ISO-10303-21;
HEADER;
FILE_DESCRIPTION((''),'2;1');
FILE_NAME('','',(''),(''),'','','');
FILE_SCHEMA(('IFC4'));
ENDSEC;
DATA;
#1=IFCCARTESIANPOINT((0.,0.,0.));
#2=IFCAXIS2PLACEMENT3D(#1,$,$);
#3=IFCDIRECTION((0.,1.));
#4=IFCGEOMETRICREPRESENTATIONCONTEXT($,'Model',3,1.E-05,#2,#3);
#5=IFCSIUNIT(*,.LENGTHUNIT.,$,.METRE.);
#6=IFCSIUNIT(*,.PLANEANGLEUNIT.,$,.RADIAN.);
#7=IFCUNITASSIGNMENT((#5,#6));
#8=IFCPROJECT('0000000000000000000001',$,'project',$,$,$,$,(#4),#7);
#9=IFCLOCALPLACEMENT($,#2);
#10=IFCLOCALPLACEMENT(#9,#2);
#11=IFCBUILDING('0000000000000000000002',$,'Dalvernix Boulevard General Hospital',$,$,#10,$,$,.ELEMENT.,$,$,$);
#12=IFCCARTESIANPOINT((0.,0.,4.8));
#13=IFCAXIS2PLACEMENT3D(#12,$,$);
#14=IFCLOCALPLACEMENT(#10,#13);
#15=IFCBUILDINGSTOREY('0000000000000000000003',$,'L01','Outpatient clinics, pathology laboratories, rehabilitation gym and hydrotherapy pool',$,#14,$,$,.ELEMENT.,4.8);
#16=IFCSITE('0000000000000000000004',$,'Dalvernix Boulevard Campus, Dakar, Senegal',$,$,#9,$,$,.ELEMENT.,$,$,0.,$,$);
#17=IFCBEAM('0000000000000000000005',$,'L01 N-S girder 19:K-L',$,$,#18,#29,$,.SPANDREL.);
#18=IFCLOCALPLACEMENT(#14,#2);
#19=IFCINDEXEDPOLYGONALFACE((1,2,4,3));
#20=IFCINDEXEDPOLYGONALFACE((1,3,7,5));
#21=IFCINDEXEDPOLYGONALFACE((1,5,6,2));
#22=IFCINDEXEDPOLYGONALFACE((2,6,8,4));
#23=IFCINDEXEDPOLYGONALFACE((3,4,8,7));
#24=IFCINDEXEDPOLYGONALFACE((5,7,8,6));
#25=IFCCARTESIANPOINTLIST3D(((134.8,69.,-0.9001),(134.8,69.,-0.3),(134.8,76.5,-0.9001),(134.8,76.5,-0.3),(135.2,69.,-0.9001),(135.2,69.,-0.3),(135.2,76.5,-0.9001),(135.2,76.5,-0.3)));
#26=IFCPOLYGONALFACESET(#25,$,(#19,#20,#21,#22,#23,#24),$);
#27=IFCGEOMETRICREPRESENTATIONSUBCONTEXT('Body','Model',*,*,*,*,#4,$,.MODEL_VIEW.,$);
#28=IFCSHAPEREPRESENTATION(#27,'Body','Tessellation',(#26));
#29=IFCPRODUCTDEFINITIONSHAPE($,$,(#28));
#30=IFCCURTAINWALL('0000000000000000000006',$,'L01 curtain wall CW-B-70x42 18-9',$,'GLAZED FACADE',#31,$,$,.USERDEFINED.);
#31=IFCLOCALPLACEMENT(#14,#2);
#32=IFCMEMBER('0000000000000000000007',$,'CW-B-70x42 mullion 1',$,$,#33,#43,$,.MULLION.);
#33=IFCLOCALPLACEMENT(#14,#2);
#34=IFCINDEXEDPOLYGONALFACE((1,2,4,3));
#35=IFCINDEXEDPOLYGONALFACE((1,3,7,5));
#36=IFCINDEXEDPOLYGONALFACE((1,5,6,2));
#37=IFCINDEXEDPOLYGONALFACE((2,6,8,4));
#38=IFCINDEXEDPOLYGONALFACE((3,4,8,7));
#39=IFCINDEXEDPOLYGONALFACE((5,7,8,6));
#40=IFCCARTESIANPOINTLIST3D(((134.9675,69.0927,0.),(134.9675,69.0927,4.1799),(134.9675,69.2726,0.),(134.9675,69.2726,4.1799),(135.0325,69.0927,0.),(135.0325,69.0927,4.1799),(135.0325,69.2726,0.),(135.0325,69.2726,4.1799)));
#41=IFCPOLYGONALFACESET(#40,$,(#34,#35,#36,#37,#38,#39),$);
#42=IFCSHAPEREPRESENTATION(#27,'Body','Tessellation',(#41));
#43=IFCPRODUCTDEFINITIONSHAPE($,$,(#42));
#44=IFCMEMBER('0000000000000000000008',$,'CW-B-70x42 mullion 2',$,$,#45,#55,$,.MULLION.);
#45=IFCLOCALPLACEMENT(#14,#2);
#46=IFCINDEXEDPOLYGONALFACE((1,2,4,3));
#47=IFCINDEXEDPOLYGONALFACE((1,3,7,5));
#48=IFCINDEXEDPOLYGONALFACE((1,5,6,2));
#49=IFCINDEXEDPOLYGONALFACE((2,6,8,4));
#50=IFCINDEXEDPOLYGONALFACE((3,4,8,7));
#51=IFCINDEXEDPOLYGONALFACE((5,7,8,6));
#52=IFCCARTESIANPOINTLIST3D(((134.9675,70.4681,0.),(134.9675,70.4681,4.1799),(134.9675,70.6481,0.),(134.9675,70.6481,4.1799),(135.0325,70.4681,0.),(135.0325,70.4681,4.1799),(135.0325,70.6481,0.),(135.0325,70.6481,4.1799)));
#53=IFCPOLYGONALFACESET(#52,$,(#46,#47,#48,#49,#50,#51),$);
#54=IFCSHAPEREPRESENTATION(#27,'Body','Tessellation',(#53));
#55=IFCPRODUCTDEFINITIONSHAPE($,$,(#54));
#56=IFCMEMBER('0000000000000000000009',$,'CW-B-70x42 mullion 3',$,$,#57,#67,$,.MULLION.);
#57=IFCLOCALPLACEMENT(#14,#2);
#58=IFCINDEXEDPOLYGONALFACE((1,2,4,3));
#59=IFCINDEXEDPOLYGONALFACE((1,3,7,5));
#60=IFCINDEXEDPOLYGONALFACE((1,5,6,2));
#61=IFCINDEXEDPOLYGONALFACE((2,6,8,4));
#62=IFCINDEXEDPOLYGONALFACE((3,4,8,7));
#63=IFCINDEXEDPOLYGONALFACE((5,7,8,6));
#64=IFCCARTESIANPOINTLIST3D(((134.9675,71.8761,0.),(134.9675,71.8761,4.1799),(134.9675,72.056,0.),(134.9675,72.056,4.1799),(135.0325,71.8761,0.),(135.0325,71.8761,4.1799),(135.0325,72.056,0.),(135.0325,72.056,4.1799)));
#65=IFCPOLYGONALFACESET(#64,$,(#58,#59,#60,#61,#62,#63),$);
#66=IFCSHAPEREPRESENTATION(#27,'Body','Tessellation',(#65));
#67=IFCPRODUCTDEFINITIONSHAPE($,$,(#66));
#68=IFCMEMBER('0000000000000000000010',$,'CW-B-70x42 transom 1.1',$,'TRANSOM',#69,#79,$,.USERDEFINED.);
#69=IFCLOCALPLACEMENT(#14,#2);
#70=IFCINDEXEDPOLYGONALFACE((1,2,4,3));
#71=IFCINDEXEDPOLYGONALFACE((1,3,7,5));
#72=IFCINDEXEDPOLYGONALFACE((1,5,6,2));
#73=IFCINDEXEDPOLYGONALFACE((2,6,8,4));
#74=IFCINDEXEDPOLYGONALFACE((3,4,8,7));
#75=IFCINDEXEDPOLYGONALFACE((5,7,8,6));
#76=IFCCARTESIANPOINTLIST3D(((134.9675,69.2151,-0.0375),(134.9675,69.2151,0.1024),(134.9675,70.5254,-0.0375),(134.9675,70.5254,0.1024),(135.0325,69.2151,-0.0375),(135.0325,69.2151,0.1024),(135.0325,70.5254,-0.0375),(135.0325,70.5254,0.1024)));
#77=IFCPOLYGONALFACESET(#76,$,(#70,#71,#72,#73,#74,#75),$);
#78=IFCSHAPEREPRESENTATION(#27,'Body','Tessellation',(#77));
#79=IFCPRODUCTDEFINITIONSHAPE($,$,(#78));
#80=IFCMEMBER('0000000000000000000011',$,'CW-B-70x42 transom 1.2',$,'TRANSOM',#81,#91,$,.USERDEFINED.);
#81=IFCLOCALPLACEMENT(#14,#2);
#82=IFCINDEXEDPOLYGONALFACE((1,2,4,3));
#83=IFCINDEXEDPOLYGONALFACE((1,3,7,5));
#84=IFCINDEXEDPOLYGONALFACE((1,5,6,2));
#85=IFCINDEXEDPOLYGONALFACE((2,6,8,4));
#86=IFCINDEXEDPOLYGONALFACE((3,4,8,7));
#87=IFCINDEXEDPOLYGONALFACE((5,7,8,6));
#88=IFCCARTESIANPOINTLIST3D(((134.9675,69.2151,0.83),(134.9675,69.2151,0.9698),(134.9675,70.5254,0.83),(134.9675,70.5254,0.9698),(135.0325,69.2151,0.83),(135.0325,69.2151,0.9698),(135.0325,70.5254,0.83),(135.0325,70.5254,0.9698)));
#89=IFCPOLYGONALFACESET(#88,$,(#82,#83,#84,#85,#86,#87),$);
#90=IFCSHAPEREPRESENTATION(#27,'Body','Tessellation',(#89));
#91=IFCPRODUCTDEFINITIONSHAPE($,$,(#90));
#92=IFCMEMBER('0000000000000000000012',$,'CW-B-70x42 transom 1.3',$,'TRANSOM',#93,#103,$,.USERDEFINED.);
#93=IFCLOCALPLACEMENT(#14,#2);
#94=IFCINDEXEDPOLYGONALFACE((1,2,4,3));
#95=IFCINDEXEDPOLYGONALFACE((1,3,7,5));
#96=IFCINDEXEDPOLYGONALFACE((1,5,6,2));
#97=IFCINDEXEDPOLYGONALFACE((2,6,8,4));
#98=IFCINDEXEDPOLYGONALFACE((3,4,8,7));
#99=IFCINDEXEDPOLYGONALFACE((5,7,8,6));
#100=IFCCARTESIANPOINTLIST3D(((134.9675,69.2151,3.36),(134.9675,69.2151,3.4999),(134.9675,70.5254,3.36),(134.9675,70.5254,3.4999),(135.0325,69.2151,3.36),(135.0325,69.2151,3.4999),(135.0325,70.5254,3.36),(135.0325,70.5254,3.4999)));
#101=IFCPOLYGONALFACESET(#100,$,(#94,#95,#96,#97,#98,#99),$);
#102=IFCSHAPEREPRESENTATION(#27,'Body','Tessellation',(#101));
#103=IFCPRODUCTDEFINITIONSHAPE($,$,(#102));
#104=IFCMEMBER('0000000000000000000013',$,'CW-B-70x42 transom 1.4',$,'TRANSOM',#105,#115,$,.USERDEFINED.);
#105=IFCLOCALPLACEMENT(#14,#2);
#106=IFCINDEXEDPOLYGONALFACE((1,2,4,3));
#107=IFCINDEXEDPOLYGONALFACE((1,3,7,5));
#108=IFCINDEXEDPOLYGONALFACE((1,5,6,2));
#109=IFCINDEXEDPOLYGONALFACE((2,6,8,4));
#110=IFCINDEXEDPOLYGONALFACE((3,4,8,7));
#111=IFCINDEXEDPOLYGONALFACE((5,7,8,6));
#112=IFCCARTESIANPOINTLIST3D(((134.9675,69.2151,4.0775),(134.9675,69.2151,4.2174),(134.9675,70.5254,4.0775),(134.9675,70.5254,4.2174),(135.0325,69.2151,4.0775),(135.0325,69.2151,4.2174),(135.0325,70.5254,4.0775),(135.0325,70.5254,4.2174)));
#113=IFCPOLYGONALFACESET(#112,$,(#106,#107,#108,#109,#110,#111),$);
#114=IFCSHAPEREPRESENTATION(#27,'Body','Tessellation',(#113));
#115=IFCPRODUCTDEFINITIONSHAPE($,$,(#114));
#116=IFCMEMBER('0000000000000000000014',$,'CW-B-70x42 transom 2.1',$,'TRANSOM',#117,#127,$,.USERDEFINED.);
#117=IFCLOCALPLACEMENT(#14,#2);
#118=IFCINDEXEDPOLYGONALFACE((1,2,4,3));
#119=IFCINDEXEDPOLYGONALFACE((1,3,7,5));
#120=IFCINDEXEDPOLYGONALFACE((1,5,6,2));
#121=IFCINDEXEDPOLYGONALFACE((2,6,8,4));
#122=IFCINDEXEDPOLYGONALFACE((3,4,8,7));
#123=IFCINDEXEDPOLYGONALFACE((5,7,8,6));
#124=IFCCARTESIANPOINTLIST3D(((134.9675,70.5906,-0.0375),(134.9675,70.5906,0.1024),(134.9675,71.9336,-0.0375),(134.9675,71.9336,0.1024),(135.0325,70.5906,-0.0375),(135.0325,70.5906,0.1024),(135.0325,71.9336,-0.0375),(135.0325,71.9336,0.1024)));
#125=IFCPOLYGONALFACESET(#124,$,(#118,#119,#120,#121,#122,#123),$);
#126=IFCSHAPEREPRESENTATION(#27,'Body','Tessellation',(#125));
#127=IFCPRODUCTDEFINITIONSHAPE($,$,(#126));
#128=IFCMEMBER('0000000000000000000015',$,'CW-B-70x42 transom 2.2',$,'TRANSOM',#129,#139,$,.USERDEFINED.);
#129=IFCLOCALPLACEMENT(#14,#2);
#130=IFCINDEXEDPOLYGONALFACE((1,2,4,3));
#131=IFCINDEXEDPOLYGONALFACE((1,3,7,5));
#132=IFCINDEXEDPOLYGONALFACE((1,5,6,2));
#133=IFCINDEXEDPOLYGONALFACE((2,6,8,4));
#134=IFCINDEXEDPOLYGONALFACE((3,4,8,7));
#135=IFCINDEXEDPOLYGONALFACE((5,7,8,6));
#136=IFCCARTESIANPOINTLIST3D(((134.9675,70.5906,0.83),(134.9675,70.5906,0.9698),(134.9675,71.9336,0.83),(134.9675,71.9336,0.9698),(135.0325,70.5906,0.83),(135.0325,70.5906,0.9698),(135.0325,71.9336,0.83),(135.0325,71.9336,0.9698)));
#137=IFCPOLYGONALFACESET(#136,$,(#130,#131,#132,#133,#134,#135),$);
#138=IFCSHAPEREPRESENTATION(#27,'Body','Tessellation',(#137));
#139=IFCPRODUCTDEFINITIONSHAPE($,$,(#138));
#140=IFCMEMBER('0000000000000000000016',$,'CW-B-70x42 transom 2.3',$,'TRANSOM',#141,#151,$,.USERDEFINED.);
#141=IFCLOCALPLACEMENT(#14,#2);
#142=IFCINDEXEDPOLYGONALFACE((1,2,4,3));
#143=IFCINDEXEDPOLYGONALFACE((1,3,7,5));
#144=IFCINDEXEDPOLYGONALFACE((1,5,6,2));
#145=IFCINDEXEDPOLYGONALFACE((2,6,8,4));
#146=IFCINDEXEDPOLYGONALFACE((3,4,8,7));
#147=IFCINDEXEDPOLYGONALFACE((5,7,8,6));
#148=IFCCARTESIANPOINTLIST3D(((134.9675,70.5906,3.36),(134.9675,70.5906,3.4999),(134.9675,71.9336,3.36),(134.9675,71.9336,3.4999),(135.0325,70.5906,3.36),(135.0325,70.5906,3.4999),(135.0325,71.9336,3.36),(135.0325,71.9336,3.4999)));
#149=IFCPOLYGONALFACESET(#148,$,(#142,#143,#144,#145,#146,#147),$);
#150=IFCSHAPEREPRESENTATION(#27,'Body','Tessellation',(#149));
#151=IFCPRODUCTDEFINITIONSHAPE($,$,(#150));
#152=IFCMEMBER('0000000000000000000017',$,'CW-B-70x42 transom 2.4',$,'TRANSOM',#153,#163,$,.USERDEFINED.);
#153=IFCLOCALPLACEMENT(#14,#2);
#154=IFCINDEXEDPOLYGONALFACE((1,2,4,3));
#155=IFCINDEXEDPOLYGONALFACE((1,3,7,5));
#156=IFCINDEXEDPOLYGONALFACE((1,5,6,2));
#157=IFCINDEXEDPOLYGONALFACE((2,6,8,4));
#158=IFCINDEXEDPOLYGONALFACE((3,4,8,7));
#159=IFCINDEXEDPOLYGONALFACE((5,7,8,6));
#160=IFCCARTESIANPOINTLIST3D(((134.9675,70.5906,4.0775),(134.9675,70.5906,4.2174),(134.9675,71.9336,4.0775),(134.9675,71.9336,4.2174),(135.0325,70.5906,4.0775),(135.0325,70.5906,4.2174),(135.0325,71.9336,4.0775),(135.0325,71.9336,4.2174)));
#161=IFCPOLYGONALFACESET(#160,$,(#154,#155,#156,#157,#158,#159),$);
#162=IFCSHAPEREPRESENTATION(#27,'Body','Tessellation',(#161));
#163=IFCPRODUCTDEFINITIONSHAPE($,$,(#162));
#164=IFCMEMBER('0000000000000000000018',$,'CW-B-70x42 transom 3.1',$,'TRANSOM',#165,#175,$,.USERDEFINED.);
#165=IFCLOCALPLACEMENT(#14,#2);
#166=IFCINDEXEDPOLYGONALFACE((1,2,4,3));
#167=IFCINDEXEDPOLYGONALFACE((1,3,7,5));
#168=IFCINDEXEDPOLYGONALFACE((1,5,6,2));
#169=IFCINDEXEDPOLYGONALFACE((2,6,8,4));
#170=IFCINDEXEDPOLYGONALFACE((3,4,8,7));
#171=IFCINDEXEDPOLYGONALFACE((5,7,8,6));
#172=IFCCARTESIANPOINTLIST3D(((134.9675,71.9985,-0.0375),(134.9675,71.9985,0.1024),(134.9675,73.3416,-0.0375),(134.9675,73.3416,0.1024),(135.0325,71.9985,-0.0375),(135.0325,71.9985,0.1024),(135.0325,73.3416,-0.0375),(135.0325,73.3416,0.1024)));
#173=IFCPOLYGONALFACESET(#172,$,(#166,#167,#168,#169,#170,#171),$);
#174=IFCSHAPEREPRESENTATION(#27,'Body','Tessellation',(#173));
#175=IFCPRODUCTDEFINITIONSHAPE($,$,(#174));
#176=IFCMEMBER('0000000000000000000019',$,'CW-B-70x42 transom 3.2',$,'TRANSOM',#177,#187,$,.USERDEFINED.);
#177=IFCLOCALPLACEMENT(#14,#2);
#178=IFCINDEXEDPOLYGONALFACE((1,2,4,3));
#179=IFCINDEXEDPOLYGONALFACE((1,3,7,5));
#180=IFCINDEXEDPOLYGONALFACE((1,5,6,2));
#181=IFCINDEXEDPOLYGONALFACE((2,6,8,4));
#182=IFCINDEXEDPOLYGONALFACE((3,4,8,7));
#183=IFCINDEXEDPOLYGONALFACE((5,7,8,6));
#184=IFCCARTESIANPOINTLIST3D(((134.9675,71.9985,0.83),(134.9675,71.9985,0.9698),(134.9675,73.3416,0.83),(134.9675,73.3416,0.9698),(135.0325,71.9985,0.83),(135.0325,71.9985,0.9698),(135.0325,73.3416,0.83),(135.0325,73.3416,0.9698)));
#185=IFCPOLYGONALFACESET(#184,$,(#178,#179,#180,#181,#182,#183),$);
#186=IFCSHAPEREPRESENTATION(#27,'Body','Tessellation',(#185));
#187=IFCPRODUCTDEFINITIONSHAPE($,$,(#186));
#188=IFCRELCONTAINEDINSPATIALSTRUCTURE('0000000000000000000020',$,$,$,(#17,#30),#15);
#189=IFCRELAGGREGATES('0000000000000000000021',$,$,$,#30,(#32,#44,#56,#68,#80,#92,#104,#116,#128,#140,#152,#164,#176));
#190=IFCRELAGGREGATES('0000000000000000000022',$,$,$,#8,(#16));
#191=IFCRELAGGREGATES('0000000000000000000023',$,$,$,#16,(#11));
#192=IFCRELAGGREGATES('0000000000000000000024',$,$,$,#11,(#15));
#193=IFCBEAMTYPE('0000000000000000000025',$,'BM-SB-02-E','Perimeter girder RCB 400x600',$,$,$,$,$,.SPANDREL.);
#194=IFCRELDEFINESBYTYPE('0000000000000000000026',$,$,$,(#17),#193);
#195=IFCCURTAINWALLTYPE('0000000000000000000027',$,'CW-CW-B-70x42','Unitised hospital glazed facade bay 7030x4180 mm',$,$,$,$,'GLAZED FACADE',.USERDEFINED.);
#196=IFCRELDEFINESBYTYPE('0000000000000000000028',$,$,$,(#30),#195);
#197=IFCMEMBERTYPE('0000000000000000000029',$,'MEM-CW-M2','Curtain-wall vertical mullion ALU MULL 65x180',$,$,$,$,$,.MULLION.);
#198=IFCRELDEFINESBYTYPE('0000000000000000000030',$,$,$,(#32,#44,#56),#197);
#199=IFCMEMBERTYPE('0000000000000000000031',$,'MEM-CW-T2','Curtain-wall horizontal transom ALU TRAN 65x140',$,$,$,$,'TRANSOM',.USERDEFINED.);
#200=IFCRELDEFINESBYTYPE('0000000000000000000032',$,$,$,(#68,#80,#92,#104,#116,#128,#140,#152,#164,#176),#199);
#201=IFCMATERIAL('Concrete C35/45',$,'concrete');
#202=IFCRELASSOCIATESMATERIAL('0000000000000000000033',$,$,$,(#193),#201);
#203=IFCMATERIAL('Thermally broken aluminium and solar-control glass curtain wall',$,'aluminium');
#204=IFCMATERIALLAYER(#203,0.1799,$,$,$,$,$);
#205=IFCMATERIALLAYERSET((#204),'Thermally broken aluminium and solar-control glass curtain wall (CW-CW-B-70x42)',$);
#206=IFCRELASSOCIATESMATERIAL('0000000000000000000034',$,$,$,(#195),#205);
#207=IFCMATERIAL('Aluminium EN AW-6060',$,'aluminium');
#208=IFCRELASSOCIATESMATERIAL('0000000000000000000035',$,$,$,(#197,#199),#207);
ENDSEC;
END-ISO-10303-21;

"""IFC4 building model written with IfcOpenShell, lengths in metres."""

from ifc_helpers import new_model, si_unit, direction, frame, origin, origin_2d, place, context, subcontext, project, spatial, rectangle, extrude, material, layer, layer_set, material_profile, profile_set, type_object, element, aggregate, save


model = new_model("IFC4")

# Units and contexts
model_context = context("Model", 3, precision=1e-05, world=origin(), true_north=direction((0.0, 1.0)))
body_context = subcontext(model_context, "Body", "Model", "MODEL_VIEW")
ifc_project = project(units=[si_unit("LENGTHUNIT", "METRE"), si_unit("PLANEANGLEUNIT", "RADIAN")], contexts=[model_context])

# Site, building, storey
site_placement = place(None, origin())
site = spatial("IfcSite", under=ifc_project, at=site_placement, Name="Dalvernix Boulevard Campus, Dakar, Senegal", CompositionType="ELEMENT", RefElevation=0.0)
building_placement = place(site_placement, origin())
building = spatial("IfcBuilding", under=site, at=building_placement, Name="Dalvernix Boulevard General Hospital", CompositionType="ELEMENT")
storey_placement = place(building_placement, frame((0.0, 0.0, 4.8)))
storey = spatial("IfcBuildingStorey", under=building, at=storey_placement, Name="L01", Description="Outpatient clinics, pathology laboratories, rehabilitation gym and hydrotherapy pool", CompositionType="ELEMENT", Elevation=4.8)

# Beam
ifc_material_1 = material(Name="Concrete C35/45", Category="concrete")
ifc_material_profile_1 = material_profile(ifc_material_1, rectangle(XDim=0.3999, YDim=0.6001, at=origin_2d()), Name="RCB 400x600")
ifc_profile_set_1 = profile_set([ifc_material_profile_1], Name="Concrete C35/45")
beam_type = type_object("IfcBeamType", Name="BM-SB-02-E", Description="Perimeter girder RCB 400x600", PredefinedType="SPANDREL", material=ifc_profile_set_1)
beam_placement = place(storey_placement, frame((135.0, 69.0, -0.6001), z_axis=(0.0, 1.0, 0.0), x_axis=(-1.0, 0.0, 0.0)))
element("IfcBeam", 1, at=beam_placement, inside=storey, type_object=beam_type, Name="L01 N-S girder 19:K-L", PredefinedType="SPANDREL", context=body_context, shape_type="SweptSolid", body=[
    extrude(rectangle(XDim=0.3999, YDim=0.6001, at=origin_2d()), origin(), (0.0, 0.0, 1.0), 7.5),
])

# Curtain wall, members
ifc_material_2 = material(Name="Thermally broken aluminium and solar-control glass curtain wall", Category="aluminium")
ifc_layer_1 = layer(ifc_material_2, 0.1799)
ifc_layer_set_1 = layer_set([ifc_layer_1], Name="Thermally broken aluminium and solar-control glass curtain wall (CW-CW-B-70x42)")
curtain_wall_type = type_object("IfcCurtainWallType", Name="CW-CW-B-70x42", Description="Unitised hospital glazed facade bay 7030x4180 mm", ElementType="GLAZED FACADE", PredefinedType="USERDEFINED", material=ifc_layer_set_1)
curtain_wall_placement = place(storey_placement, origin())
curtain_wall = element("IfcCurtainWall", 2, at=curtain_wall_placement, inside=storey, type_object=curtain_wall_type, Name="L01 curtain wall CW-B-70x42 18-9", ObjectType="GLAZED FACADE", PredefinedType="USERDEFINED")
ifc_material_3 = material(Name="Aluminium EN AW-6060", Category="aluminium")
ifc_material_profile_2 = material_profile(ifc_material_3, rectangle(XDim=0.0649, YDim=0.1799, at=origin_2d()), Name="ALU MULL 65x180")
ifc_profile_set_2 = profile_set([ifc_material_profile_2], Name="Aluminium EN AW-6060")
member_type_1 = type_object("IfcMemberType", Name="MEM-CW-M2", Description="Curtain-wall vertical mullion ALU MULL 65x180", PredefinedType="MULLION", material=ifc_profile_set_2)
member_1_placement = place(storey_placement, frame((135.0, 69.1826, 0.0), z_axis=(0.0, 0.0, 1.0), x_axis=(-1.0, 0.0, 0.0)))
member_1 = element("IfcMember", 3, at=member_1_placement, type_object=member_type_1, Name="CW-B-70x42 mullion 1", PredefinedType="MULLION", context=body_context, shape_type="SweptSolid", body=[
    extrude(rectangle(XDim=0.0649, YDim=0.1799, at=origin_2d()), origin(), (0.0, 0.0, 1.0), 4.1799),
])
member_2_placement = place(storey_placement, frame((135.0, 70.5581, 0.0), z_axis=(0.0, 0.0, 1.0), x_axis=(-1.0, 0.0, 0.0)))
member_2 = element("IfcMember", 4, at=member_2_placement, type_object=member_type_1, Name="CW-B-70x42 mullion 2", PredefinedType="MULLION", context=body_context, shape_type="SweptSolid", body=[
    extrude(rectangle(XDim=0.0649, YDim=0.1799, at=origin_2d()), origin(), (0.0, 0.0, 1.0), 4.1799),
])
member_3_placement = place(storey_placement, frame((135.0, 71.9661, 0.0), z_axis=(0.0, 0.0, 1.0), x_axis=(-1.0, 0.0, 0.0)))
member_3 = element("IfcMember", 5, at=member_3_placement, type_object=member_type_1, Name="CW-B-70x42 mullion 3", PredefinedType="MULLION", context=body_context, shape_type="SweptSolid", body=[
    extrude(rectangle(XDim=0.0649, YDim=0.1799, at=origin_2d()), origin(), (0.0, 0.0, 1.0), 4.1799),
])
ifc_material_profile_3 = material_profile(ifc_material_3, rectangle(XDim=0.0649, YDim=0.1399, at=origin_2d()), Name="ALU TRAN 65x140")
ifc_profile_set_3 = profile_set([ifc_material_profile_3], Name="Aluminium EN AW-6060")
member_type_2 = type_object("IfcMemberType", Name="MEM-CW-T2", Description="Curtain-wall horizontal transom ALU TRAN 65x140", ElementType="TRANSOM", PredefinedType="USERDEFINED", material=ifc_profile_set_3)
member_4_placement = place(storey_placement, frame((135.0, 69.2151, 0.0325), z_axis=(0.0, 1.0, 0.0), x_axis=(-1.0, 0.0, 0.0)))
member_4 = element("IfcMember", 6, at=member_4_placement, type_object=member_type_2, Name="CW-B-70x42 transom 1.1", ObjectType="TRANSOM", PredefinedType="USERDEFINED", context=body_context, shape_type="SweptSolid", body=[
    extrude(rectangle(XDim=0.0649, YDim=0.1399, at=origin_2d()), origin(), (0.0, 0.0, 1.0), 1.3103),
])
member_5_placement = place(storey_placement, frame((135.0, 69.2151, 0.8999), z_axis=(0.0, 1.0, 0.0), x_axis=(-1.0, 0.0, 0.0)))
member_5 = element("IfcMember", 7, at=member_5_placement, type_object=member_type_2, Name="CW-B-70x42 transom 1.2", ObjectType="TRANSOM", PredefinedType="USERDEFINED", context=body_context, shape_type="SweptSolid", body=[
    extrude(rectangle(XDim=0.0649, YDim=0.1399, at=origin_2d()), origin(), (0.0, 0.0, 1.0), 1.3103),
])
member_6_placement = place(storey_placement, frame((135.0, 69.2151, 3.4299), z_axis=(0.0, 1.0, 0.0), x_axis=(-1.0, 0.0, 0.0)))
member_6 = element("IfcMember", 8, at=member_6_placement, type_object=member_type_2, Name="CW-B-70x42 transom 1.3", ObjectType="TRANSOM", PredefinedType="USERDEFINED", context=body_context, shape_type="SweptSolid", body=[
    extrude(rectangle(XDim=0.0649, YDim=0.1399, at=origin_2d()), origin(), (0.0, 0.0, 1.0), 1.3103),
])
member_7_placement = place(storey_placement, frame((135.0, 69.2151, 4.1475), z_axis=(0.0, 1.0, 0.0), x_axis=(-1.0, 0.0, 0.0)))
member_7 = element("IfcMember", 9, at=member_7_placement, type_object=member_type_2, Name="CW-B-70x42 transom 1.4", ObjectType="TRANSOM", PredefinedType="USERDEFINED", context=body_context, shape_type="SweptSolid", body=[
    extrude(rectangle(XDim=0.0649, YDim=0.1399, at=origin_2d()), origin(), (0.0, 0.0, 1.0), 1.3103),
])
member_8_placement = place(storey_placement, frame((135.0, 70.5906, 0.0325), z_axis=(0.0, 1.0, 0.0), x_axis=(-1.0, 0.0, 0.0)))
member_8 = element("IfcMember", 10, at=member_8_placement, type_object=member_type_2, Name="CW-B-70x42 transom 2.1", ObjectType="TRANSOM", PredefinedType="USERDEFINED", context=body_context, shape_type="SweptSolid", body=[
    extrude(rectangle(XDim=0.0649, YDim=0.1399, at=origin_2d()), origin(), (0.0, 0.0, 1.0), 1.343),
])
member_9_placement = place(storey_placement, frame((135.0, 70.5906, 0.8999), z_axis=(0.0, 1.0, 0.0), x_axis=(-1.0, 0.0, 0.0)))
member_9 = element("IfcMember", 11, at=member_9_placement, type_object=member_type_2, Name="CW-B-70x42 transom 2.2", ObjectType="TRANSOM", PredefinedType="USERDEFINED", context=body_context, shape_type="SweptSolid", body=[
    extrude(rectangle(XDim=0.0649, YDim=0.1399, at=origin_2d()), origin(), (0.0, 0.0, 1.0), 1.343),
])
member_10_placement = place(storey_placement, frame((135.0, 70.5906, 3.4299), z_axis=(0.0, 1.0, 0.0), x_axis=(-1.0, 0.0, 0.0)))
member_10 = element("IfcMember", 12, at=member_10_placement, type_object=member_type_2, Name="CW-B-70x42 transom 2.3", ObjectType="TRANSOM", PredefinedType="USERDEFINED", context=body_context, shape_type="SweptSolid", body=[
    extrude(rectangle(XDim=0.0649, YDim=0.1399, at=origin_2d()), origin(), (0.0, 0.0, 1.0), 1.343),
])
member_11_placement = place(storey_placement, frame((135.0, 70.5906, 4.1475), z_axis=(0.0, 1.0, 0.0), x_axis=(-1.0, 0.0, 0.0)))
member_11 = element("IfcMember", 13, at=member_11_placement, type_object=member_type_2, Name="CW-B-70x42 transom 2.4", ObjectType="TRANSOM", PredefinedType="USERDEFINED", context=body_context, shape_type="SweptSolid", body=[
    extrude(rectangle(XDim=0.0649, YDim=0.1399, at=origin_2d()), origin(), (0.0, 0.0, 1.0), 1.343),
])
member_12_placement = place(storey_placement, frame((135.0, 71.9985, 0.0325), z_axis=(0.0, 1.0, 0.0), x_axis=(-1.0, 0.0, 0.0)))
member_12 = element("IfcMember", 14, at=member_12_placement, type_object=member_type_2, Name="CW-B-70x42 transom 3.1", ObjectType="TRANSOM", PredefinedType="USERDEFINED", context=body_context, shape_type="SweptSolid", body=[
    extrude(rectangle(XDim=0.0649, YDim=0.1399, at=origin_2d()), origin(), (0.0, 0.0, 1.0), 1.343),
])
member_13_placement = place(storey_placement, frame((135.0, 71.9985, 0.8999), z_axis=(0.0, 1.0, 0.0), x_axis=(-1.0, 0.0, 0.0)))
member_13 = element("IfcMember", 15, at=member_13_placement, type_object=member_type_2, Name="CW-B-70x42 transom 3.2", ObjectType="TRANSOM", PredefinedType="USERDEFINED", context=body_context, shape_type="SweptSolid", body=[
    extrude(rectangle(XDim=0.0649, YDim=0.1399, at=origin_2d()), origin(), (0.0, 0.0, 1.0), 1.343),
])
aggregate(curtain_wall, [member_1, member_2, member_3, member_4, member_5, member_6, member_7, member_8, member_9, member_10, member_11, member_12, member_13])

save(model, "model.ifc")
